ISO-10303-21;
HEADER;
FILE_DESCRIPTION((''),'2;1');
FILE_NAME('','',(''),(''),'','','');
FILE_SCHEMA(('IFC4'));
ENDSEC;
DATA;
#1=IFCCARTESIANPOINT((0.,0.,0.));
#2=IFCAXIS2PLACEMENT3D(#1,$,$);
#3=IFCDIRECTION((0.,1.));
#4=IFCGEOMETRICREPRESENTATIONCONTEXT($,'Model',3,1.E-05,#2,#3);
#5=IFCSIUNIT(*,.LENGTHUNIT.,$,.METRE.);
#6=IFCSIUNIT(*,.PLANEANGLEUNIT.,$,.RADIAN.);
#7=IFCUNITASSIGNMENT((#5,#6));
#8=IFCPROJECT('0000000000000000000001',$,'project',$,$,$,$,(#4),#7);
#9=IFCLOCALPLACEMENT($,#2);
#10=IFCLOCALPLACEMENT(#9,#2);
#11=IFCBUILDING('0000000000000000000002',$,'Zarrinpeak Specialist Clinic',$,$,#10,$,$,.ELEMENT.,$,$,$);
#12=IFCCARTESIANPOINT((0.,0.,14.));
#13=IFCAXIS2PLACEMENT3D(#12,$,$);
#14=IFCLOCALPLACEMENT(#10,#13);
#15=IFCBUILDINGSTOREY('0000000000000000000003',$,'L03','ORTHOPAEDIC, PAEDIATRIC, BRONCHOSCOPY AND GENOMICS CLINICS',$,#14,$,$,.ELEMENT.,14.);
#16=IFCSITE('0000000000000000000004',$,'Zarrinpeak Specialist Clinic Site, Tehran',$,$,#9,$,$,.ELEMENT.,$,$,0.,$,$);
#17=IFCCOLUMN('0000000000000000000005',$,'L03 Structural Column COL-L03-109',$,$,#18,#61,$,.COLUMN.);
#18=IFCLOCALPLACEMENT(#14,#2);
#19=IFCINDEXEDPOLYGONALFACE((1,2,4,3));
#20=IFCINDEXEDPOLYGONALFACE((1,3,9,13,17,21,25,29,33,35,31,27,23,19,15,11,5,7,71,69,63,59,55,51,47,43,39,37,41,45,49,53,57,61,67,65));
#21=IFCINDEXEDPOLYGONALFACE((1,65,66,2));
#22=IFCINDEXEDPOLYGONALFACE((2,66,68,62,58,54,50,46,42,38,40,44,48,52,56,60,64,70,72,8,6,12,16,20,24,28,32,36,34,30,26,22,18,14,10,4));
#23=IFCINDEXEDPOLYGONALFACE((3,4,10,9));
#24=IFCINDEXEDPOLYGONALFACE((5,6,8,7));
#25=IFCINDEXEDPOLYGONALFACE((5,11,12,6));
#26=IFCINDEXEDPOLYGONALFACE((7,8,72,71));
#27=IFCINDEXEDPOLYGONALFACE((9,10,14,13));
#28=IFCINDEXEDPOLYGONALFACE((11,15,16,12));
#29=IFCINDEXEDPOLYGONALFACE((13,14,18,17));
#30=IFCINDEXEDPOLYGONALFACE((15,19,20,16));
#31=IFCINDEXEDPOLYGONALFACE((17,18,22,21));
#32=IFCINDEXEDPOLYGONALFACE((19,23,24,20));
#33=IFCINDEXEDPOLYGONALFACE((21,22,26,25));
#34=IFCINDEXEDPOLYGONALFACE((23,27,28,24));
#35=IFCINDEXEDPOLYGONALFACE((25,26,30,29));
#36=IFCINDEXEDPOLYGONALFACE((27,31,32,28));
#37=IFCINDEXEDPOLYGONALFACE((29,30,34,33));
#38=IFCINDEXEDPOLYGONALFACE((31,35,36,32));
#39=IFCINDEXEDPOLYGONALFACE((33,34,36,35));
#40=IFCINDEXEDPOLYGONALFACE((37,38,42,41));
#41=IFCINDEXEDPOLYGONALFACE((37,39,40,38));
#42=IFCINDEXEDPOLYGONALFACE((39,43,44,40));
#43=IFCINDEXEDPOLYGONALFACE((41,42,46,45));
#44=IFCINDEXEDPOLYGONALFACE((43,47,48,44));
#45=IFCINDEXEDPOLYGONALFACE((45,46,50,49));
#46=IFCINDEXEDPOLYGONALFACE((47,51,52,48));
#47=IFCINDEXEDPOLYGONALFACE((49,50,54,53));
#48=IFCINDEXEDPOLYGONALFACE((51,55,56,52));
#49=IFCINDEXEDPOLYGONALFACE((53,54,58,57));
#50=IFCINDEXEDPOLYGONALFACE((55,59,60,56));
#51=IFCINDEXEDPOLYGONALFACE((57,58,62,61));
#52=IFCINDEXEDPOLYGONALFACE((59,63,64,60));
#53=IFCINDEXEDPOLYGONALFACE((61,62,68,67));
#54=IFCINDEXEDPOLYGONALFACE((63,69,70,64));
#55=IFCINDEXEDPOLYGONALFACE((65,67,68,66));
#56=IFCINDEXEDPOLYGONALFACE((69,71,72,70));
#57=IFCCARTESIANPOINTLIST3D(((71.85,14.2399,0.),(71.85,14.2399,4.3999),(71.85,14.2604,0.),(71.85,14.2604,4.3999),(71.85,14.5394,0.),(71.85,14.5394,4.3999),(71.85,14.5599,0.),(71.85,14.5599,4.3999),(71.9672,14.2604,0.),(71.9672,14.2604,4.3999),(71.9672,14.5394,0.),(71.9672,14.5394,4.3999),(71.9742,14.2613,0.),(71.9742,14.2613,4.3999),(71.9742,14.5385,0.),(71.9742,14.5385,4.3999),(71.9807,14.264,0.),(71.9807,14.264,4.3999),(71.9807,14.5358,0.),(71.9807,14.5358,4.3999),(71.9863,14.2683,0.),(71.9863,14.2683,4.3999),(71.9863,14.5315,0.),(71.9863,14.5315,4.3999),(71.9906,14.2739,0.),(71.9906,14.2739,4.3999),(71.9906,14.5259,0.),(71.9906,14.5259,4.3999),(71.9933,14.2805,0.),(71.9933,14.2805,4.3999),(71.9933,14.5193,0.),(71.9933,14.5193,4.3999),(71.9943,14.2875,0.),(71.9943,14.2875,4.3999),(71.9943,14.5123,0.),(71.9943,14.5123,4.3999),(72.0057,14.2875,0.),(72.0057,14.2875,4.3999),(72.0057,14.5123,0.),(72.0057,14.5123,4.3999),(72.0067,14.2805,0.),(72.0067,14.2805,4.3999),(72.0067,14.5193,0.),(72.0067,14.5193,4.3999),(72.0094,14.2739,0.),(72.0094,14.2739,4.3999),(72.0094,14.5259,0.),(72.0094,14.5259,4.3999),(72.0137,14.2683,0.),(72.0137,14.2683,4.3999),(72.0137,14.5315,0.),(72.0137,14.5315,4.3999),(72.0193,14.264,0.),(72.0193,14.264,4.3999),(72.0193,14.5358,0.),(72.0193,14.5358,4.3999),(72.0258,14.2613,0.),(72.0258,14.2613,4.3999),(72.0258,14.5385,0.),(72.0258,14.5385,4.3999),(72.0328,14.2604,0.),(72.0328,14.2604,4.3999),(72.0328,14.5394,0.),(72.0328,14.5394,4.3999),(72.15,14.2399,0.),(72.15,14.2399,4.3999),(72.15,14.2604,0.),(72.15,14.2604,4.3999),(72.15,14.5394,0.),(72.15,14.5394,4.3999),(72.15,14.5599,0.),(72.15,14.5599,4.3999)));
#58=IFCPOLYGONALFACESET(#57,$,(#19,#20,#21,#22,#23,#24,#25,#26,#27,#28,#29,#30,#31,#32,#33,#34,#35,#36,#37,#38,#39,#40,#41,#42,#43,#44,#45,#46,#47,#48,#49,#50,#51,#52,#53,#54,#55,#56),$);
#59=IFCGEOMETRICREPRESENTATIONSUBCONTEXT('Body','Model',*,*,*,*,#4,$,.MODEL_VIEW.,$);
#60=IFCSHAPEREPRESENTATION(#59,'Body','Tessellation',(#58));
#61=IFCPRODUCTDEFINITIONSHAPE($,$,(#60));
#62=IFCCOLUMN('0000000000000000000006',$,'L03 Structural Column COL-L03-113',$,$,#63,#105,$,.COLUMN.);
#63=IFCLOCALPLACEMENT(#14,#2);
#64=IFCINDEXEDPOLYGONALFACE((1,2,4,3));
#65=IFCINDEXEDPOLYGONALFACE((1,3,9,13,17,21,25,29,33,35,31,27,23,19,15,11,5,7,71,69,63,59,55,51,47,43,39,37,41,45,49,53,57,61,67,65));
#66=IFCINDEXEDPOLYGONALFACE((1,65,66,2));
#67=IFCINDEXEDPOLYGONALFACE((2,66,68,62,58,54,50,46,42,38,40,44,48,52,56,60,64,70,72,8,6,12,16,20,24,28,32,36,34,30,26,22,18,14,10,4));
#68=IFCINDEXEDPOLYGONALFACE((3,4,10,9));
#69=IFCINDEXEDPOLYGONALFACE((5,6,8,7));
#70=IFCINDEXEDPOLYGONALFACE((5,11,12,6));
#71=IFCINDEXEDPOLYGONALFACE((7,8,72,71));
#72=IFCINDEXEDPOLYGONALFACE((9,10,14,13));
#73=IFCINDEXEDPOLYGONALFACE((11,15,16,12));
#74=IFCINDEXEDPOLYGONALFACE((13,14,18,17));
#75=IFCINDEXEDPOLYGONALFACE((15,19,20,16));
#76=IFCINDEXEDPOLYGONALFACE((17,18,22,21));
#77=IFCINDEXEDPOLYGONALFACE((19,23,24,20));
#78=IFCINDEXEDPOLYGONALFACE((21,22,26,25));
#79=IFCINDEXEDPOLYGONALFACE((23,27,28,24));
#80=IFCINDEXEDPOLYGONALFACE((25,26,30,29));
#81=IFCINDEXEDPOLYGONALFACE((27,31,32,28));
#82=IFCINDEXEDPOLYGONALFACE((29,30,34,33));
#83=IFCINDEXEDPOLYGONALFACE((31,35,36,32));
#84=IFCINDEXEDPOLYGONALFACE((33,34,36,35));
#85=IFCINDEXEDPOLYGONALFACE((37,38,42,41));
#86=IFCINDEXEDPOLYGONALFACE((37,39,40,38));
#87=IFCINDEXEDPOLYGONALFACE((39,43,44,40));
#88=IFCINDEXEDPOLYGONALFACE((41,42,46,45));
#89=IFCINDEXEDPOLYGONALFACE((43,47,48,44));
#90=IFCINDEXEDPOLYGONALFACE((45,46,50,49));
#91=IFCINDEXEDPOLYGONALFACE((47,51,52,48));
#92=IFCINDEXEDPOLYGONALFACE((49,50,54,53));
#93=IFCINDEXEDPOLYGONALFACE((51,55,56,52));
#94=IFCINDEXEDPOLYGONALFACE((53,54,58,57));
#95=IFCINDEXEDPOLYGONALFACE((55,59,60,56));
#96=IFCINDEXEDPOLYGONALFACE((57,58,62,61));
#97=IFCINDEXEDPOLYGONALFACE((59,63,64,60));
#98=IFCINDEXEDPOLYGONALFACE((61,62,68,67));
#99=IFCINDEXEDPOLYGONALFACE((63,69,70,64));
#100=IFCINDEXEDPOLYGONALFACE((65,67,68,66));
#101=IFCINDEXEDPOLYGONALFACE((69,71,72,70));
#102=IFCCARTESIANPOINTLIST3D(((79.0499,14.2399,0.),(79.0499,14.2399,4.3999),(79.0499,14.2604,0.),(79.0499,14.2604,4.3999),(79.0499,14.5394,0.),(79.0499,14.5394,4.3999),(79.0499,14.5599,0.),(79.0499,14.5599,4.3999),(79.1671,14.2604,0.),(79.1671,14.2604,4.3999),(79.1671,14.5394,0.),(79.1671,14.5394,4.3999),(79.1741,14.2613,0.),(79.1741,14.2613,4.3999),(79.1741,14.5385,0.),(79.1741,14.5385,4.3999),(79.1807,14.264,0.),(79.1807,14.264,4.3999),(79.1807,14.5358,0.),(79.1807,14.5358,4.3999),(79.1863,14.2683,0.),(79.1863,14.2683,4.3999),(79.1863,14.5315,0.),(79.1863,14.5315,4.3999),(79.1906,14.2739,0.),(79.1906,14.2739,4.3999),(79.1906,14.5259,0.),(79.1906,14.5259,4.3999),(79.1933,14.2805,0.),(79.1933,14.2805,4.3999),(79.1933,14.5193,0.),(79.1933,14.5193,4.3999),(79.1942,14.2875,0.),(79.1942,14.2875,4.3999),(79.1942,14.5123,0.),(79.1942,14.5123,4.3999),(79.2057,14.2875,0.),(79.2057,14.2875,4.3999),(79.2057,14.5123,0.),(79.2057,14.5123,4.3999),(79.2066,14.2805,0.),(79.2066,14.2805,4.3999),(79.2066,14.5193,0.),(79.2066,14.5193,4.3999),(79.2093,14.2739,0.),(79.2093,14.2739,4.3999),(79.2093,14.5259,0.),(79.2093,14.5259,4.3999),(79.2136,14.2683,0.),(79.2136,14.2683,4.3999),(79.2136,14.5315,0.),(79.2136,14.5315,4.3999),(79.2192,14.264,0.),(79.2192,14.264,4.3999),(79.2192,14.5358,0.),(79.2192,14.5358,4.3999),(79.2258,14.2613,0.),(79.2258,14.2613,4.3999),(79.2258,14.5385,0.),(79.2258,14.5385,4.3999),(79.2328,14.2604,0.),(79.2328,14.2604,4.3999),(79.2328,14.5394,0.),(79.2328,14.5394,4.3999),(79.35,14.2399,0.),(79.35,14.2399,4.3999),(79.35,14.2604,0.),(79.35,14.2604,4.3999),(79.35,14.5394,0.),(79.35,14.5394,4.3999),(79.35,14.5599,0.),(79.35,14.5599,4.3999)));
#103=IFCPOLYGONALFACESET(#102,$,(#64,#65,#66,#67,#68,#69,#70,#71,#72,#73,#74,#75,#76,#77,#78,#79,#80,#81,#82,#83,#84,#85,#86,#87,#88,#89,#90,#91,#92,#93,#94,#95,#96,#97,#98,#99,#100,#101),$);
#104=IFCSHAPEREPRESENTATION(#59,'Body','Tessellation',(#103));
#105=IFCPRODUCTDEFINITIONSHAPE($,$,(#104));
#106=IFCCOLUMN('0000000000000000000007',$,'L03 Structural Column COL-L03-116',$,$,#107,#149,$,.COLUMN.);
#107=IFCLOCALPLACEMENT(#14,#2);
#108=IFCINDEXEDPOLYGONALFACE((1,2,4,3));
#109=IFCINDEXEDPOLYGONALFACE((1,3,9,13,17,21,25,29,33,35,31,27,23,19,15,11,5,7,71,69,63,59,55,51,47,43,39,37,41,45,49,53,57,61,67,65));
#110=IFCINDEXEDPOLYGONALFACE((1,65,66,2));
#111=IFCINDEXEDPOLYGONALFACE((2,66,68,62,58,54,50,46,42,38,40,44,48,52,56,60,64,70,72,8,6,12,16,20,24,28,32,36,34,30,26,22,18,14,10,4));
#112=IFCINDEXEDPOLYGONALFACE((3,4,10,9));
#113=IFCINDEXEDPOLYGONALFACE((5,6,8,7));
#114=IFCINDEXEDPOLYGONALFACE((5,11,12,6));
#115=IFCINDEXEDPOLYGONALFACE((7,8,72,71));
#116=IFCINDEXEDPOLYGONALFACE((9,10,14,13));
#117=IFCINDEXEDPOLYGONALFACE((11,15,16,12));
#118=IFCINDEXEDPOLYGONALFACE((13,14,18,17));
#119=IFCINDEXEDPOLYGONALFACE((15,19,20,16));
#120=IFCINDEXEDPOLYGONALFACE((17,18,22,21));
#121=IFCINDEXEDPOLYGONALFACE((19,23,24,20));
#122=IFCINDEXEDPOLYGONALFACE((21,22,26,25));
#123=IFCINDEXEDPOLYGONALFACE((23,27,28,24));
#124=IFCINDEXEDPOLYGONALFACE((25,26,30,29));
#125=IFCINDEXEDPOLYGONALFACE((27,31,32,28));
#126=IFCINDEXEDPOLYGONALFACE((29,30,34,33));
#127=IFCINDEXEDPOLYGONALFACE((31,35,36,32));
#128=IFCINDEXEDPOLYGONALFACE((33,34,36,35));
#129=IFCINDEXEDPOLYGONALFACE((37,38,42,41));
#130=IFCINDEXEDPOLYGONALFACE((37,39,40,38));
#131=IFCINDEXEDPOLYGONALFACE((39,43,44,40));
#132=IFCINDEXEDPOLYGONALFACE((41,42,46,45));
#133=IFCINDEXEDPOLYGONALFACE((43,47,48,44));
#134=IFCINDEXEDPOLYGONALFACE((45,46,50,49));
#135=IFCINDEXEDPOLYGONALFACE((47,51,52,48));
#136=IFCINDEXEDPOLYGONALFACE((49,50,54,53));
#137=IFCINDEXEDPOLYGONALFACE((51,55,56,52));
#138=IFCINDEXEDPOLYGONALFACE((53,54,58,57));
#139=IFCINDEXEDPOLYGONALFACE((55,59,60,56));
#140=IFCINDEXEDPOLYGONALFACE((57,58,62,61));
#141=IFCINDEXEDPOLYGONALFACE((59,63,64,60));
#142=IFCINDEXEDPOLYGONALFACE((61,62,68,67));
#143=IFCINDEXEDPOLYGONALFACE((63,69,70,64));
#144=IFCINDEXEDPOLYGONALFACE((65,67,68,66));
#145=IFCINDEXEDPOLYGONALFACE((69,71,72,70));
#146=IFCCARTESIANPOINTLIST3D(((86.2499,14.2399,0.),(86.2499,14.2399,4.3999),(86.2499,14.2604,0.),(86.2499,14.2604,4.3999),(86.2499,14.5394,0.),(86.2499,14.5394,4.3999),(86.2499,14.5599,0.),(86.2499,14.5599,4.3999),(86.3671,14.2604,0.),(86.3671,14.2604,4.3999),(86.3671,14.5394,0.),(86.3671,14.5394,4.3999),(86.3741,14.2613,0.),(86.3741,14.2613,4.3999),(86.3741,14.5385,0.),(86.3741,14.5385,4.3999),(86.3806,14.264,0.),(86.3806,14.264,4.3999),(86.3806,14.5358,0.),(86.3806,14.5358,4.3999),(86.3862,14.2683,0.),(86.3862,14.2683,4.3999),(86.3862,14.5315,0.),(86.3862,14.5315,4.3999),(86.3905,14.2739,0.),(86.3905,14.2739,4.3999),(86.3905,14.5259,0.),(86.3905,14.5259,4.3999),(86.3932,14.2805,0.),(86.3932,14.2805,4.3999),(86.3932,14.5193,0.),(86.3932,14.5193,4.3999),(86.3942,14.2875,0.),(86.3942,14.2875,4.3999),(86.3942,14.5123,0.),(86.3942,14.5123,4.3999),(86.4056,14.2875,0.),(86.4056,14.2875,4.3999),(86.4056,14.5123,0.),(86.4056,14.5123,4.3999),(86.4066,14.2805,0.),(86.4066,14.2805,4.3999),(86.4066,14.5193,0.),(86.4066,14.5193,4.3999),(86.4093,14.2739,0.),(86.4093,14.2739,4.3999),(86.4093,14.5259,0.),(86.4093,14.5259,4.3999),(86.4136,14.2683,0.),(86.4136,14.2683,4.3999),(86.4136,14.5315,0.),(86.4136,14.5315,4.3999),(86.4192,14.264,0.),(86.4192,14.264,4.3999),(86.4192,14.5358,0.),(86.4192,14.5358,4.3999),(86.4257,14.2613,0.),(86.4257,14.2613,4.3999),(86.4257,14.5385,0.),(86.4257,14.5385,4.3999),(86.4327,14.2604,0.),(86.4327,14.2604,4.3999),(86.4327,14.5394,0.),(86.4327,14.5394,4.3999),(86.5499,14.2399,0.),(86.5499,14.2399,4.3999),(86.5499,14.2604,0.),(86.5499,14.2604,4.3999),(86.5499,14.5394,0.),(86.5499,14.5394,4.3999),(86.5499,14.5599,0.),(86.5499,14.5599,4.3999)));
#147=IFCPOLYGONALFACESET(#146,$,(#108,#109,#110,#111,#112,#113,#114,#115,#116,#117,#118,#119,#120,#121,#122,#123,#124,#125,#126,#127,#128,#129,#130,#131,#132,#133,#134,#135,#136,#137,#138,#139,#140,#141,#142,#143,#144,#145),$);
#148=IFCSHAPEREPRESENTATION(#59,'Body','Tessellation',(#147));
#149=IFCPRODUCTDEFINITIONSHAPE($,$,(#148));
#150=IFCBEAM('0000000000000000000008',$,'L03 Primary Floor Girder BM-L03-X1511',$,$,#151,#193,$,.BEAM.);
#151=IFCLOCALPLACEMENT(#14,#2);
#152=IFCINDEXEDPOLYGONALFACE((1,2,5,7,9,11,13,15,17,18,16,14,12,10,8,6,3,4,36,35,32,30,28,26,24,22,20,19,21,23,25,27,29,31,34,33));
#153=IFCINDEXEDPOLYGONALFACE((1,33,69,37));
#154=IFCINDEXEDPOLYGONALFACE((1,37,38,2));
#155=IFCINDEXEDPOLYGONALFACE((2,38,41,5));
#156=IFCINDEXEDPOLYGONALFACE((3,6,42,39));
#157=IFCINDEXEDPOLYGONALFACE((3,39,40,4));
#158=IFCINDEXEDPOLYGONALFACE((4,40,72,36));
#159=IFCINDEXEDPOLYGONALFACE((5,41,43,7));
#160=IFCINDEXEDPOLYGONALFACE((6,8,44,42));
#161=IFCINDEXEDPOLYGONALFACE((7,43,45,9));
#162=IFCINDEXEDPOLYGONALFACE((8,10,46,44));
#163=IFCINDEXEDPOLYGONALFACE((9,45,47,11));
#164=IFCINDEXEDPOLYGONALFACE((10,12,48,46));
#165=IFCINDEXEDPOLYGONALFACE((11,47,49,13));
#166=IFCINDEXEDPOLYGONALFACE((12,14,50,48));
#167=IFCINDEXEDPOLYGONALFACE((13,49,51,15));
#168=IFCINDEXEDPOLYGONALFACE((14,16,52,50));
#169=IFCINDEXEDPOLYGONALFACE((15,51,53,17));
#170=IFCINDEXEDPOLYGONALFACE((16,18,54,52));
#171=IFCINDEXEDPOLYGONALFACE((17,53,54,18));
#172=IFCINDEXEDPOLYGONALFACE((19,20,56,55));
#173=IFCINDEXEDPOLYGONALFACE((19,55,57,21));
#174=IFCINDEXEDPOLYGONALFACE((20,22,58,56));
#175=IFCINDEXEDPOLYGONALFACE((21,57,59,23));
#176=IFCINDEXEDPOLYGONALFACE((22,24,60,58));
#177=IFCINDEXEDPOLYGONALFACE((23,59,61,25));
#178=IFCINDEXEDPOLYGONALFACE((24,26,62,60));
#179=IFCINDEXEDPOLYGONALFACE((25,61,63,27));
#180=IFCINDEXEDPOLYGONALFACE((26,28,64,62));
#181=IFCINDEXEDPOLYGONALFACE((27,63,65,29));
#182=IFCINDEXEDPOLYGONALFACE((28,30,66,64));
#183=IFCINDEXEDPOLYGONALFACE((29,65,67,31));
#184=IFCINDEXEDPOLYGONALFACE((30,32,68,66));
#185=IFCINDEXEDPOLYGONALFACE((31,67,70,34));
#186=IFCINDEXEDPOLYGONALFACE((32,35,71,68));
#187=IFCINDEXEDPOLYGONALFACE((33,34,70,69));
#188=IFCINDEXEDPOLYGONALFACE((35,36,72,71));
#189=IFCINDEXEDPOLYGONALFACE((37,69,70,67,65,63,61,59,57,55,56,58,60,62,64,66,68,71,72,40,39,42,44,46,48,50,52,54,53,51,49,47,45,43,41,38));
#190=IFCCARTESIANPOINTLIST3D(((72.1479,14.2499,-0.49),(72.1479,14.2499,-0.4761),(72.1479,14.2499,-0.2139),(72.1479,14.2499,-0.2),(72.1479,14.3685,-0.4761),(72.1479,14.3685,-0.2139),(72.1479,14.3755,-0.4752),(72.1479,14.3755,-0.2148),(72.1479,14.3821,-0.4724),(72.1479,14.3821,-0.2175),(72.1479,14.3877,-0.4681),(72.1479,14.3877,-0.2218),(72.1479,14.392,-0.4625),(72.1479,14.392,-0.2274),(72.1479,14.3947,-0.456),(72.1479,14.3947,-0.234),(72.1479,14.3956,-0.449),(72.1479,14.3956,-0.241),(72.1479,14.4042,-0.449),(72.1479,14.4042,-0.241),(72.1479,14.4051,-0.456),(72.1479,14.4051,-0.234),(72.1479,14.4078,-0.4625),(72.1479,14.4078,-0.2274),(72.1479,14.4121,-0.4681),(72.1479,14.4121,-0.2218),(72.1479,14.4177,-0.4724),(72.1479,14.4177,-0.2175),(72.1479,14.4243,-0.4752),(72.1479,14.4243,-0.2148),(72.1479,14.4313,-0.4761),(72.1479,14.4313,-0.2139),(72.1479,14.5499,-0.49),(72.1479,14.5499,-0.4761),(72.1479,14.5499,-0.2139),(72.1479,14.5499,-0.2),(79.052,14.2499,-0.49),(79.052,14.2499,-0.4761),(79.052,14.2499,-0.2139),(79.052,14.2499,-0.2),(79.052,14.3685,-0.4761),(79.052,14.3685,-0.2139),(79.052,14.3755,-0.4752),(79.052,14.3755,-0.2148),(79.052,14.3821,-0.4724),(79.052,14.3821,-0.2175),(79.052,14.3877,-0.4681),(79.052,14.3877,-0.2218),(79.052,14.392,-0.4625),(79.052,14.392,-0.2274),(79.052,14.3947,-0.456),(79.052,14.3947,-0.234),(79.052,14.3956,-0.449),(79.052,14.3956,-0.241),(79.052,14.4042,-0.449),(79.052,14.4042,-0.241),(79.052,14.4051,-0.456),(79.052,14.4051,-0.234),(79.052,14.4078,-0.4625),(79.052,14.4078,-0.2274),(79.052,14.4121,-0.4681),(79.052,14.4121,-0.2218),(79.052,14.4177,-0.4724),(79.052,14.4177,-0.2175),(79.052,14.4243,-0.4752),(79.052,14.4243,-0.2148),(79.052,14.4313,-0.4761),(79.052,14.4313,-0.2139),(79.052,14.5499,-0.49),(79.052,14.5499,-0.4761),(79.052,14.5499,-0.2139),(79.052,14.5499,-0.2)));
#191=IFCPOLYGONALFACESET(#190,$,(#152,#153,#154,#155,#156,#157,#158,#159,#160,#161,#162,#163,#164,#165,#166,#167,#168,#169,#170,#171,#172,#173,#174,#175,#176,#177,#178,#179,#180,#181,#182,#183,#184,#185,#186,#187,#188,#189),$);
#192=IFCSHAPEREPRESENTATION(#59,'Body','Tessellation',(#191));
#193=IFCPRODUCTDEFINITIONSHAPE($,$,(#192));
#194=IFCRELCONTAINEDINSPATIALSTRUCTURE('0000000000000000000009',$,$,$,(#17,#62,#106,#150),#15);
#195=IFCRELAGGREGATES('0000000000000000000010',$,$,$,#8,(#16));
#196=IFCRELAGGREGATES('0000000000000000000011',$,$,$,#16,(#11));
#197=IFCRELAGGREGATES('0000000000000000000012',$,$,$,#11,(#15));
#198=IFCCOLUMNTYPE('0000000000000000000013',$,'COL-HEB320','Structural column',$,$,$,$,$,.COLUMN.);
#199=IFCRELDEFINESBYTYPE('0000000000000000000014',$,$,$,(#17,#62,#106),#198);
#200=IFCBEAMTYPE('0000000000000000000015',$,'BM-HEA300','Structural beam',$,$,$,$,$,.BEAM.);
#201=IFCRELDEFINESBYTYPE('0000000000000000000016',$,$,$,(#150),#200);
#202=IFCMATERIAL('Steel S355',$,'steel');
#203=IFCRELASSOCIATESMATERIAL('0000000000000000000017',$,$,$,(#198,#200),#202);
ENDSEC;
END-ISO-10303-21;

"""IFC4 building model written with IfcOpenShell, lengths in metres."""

from ifc_helpers import new_model, si_unit, direction, frame, origin, origin_2d, place, context, subcontext, project, spatial, i_section, extrude, material, material_profile, profile_set, type_object, element, save


model = new_model("IFC4")

# Units and contexts
model_context = context("Model", 3, precision=1e-05, world=origin(), true_north=direction((0.0, 1.0)))
body_context = subcontext(model_context, "Body", "Model", "MODEL_VIEW")
ifc_project = project(units=[si_unit("LENGTHUNIT", "METRE"), si_unit("PLANEANGLEUNIT", "RADIAN")], contexts=[model_context])

# Site, building, storey
site_placement = place(None, origin())
site = spatial("IfcSite", under=ifc_project, at=site_placement, Name="Zarrinpeak Specialist Clinic Site, Tehran", CompositionType="ELEMENT", RefElevation=0.0)
building_placement = place(site_placement, origin())
building = spatial("IfcBuilding", under=site, at=building_placement, Name="Zarrinpeak Specialist Clinic", CompositionType="ELEMENT")
storey_placement = place(building_placement, frame((0.0, 0.0, 14.0)))
storey = spatial("IfcBuildingStorey", under=building, at=storey_placement, Name="L03", Description="ORTHOPAEDIC, PAEDIATRIC, BRONCHOSCOPY AND GENOMICS CLINICS", CompositionType="ELEMENT", Elevation=14.0)

# Columns
ifc_material_1 = material(Name="Steel S355", Category="steel")
ifc_material_profile_1 = material_profile(ifc_material_1, i_section(OverallWidth=0.3, OverallDepth=0.3201, WebThickness=0.0115, FlangeThickness=0.0205, FilletRadius=0.0271, at=origin_2d()), Name="HEB 320")
ifc_profile_set_1 = profile_set([ifc_material_profile_1], Name="Steel S355")
column_type = type_object("IfcColumnType", Name="COL-HEB320", Description="Structural column", PredefinedType="COLUMN", material=ifc_profile_set_1)
for number, where, z_axis, x_axis, name in (
    (1, (72.0, 14.3999, 0.0), (0.0, 0.0, 1.0), (1.0, 0.0, 0.0), "L03 Structural Column COL-L03-109"),
    (2, (79.2, 14.3999, 0.0), (0.0, 0.0, 1.0), (1.0, 0.0, 0.0), "L03 Structural Column COL-L03-113"),
    (3, (86.3999, 14.3999, 0.0), (0.0, 0.0, 1.0), (1.0, 0.0, 0.0), "L03 Structural Column COL-L03-116"),
):
    element("IfcColumn", number, at=place(storey_placement, frame(where, z_axis=z_axis, x_axis=x_axis)), inside=storey, type_object=column_type, Name=name, PredefinedType="COLUMN", context=body_context, shape_type="SweptSolid", body=[
        extrude(i_section(OverallWidth=0.3, OverallDepth=0.3201, WebThickness=0.0115, FlangeThickness=0.0205, FilletRadius=0.0271, at=origin_2d()), origin(), (0.0, 0.0, 1.0), 4.3999),
    ])

# Beam
ifc_material_profile_2 = material_profile(ifc_material_1, i_section(OverallWidth=0.3, OverallDepth=0.29, WebThickness=0.0085, FlangeThickness=0.0139, FilletRadius=0.0271, at=origin_2d()), Name="HEA 300")
ifc_profile_set_2 = profile_set([ifc_material_profile_2], Name="Steel S355")
beam_type_1 = type_object("IfcBeamType", Name="BM-HEA300", Description="Structural beam", PredefinedType="BEAM", material=ifc_profile_set_2)
for number, where, z_axis, x_axis, name in (
    (4, (72.1479, 14.3999, -0.345), (1.0, 0.0, 0.0), (0.0, 1.0, 0.0), "L03 Primary Floor Girder BM-L03-X1511"),
):
    element("IfcBeam", number, at=place(storey_placement, frame(where, z_axis=z_axis, x_axis=x_axis)), inside=storey, type_object=beam_type_1, Name=name, PredefinedType="BEAM", context=body_context, shape_type="SweptSolid", body=[
        extrude(i_section(OverallWidth=0.3, OverallDepth=0.29, WebThickness=0.0085, FlangeThickness=0.0139, FilletRadius=0.0271, at=origin_2d()), origin(), (0.0, 0.0, 1.0), 6.9041),
    ])

save(model, "model.ifc")
